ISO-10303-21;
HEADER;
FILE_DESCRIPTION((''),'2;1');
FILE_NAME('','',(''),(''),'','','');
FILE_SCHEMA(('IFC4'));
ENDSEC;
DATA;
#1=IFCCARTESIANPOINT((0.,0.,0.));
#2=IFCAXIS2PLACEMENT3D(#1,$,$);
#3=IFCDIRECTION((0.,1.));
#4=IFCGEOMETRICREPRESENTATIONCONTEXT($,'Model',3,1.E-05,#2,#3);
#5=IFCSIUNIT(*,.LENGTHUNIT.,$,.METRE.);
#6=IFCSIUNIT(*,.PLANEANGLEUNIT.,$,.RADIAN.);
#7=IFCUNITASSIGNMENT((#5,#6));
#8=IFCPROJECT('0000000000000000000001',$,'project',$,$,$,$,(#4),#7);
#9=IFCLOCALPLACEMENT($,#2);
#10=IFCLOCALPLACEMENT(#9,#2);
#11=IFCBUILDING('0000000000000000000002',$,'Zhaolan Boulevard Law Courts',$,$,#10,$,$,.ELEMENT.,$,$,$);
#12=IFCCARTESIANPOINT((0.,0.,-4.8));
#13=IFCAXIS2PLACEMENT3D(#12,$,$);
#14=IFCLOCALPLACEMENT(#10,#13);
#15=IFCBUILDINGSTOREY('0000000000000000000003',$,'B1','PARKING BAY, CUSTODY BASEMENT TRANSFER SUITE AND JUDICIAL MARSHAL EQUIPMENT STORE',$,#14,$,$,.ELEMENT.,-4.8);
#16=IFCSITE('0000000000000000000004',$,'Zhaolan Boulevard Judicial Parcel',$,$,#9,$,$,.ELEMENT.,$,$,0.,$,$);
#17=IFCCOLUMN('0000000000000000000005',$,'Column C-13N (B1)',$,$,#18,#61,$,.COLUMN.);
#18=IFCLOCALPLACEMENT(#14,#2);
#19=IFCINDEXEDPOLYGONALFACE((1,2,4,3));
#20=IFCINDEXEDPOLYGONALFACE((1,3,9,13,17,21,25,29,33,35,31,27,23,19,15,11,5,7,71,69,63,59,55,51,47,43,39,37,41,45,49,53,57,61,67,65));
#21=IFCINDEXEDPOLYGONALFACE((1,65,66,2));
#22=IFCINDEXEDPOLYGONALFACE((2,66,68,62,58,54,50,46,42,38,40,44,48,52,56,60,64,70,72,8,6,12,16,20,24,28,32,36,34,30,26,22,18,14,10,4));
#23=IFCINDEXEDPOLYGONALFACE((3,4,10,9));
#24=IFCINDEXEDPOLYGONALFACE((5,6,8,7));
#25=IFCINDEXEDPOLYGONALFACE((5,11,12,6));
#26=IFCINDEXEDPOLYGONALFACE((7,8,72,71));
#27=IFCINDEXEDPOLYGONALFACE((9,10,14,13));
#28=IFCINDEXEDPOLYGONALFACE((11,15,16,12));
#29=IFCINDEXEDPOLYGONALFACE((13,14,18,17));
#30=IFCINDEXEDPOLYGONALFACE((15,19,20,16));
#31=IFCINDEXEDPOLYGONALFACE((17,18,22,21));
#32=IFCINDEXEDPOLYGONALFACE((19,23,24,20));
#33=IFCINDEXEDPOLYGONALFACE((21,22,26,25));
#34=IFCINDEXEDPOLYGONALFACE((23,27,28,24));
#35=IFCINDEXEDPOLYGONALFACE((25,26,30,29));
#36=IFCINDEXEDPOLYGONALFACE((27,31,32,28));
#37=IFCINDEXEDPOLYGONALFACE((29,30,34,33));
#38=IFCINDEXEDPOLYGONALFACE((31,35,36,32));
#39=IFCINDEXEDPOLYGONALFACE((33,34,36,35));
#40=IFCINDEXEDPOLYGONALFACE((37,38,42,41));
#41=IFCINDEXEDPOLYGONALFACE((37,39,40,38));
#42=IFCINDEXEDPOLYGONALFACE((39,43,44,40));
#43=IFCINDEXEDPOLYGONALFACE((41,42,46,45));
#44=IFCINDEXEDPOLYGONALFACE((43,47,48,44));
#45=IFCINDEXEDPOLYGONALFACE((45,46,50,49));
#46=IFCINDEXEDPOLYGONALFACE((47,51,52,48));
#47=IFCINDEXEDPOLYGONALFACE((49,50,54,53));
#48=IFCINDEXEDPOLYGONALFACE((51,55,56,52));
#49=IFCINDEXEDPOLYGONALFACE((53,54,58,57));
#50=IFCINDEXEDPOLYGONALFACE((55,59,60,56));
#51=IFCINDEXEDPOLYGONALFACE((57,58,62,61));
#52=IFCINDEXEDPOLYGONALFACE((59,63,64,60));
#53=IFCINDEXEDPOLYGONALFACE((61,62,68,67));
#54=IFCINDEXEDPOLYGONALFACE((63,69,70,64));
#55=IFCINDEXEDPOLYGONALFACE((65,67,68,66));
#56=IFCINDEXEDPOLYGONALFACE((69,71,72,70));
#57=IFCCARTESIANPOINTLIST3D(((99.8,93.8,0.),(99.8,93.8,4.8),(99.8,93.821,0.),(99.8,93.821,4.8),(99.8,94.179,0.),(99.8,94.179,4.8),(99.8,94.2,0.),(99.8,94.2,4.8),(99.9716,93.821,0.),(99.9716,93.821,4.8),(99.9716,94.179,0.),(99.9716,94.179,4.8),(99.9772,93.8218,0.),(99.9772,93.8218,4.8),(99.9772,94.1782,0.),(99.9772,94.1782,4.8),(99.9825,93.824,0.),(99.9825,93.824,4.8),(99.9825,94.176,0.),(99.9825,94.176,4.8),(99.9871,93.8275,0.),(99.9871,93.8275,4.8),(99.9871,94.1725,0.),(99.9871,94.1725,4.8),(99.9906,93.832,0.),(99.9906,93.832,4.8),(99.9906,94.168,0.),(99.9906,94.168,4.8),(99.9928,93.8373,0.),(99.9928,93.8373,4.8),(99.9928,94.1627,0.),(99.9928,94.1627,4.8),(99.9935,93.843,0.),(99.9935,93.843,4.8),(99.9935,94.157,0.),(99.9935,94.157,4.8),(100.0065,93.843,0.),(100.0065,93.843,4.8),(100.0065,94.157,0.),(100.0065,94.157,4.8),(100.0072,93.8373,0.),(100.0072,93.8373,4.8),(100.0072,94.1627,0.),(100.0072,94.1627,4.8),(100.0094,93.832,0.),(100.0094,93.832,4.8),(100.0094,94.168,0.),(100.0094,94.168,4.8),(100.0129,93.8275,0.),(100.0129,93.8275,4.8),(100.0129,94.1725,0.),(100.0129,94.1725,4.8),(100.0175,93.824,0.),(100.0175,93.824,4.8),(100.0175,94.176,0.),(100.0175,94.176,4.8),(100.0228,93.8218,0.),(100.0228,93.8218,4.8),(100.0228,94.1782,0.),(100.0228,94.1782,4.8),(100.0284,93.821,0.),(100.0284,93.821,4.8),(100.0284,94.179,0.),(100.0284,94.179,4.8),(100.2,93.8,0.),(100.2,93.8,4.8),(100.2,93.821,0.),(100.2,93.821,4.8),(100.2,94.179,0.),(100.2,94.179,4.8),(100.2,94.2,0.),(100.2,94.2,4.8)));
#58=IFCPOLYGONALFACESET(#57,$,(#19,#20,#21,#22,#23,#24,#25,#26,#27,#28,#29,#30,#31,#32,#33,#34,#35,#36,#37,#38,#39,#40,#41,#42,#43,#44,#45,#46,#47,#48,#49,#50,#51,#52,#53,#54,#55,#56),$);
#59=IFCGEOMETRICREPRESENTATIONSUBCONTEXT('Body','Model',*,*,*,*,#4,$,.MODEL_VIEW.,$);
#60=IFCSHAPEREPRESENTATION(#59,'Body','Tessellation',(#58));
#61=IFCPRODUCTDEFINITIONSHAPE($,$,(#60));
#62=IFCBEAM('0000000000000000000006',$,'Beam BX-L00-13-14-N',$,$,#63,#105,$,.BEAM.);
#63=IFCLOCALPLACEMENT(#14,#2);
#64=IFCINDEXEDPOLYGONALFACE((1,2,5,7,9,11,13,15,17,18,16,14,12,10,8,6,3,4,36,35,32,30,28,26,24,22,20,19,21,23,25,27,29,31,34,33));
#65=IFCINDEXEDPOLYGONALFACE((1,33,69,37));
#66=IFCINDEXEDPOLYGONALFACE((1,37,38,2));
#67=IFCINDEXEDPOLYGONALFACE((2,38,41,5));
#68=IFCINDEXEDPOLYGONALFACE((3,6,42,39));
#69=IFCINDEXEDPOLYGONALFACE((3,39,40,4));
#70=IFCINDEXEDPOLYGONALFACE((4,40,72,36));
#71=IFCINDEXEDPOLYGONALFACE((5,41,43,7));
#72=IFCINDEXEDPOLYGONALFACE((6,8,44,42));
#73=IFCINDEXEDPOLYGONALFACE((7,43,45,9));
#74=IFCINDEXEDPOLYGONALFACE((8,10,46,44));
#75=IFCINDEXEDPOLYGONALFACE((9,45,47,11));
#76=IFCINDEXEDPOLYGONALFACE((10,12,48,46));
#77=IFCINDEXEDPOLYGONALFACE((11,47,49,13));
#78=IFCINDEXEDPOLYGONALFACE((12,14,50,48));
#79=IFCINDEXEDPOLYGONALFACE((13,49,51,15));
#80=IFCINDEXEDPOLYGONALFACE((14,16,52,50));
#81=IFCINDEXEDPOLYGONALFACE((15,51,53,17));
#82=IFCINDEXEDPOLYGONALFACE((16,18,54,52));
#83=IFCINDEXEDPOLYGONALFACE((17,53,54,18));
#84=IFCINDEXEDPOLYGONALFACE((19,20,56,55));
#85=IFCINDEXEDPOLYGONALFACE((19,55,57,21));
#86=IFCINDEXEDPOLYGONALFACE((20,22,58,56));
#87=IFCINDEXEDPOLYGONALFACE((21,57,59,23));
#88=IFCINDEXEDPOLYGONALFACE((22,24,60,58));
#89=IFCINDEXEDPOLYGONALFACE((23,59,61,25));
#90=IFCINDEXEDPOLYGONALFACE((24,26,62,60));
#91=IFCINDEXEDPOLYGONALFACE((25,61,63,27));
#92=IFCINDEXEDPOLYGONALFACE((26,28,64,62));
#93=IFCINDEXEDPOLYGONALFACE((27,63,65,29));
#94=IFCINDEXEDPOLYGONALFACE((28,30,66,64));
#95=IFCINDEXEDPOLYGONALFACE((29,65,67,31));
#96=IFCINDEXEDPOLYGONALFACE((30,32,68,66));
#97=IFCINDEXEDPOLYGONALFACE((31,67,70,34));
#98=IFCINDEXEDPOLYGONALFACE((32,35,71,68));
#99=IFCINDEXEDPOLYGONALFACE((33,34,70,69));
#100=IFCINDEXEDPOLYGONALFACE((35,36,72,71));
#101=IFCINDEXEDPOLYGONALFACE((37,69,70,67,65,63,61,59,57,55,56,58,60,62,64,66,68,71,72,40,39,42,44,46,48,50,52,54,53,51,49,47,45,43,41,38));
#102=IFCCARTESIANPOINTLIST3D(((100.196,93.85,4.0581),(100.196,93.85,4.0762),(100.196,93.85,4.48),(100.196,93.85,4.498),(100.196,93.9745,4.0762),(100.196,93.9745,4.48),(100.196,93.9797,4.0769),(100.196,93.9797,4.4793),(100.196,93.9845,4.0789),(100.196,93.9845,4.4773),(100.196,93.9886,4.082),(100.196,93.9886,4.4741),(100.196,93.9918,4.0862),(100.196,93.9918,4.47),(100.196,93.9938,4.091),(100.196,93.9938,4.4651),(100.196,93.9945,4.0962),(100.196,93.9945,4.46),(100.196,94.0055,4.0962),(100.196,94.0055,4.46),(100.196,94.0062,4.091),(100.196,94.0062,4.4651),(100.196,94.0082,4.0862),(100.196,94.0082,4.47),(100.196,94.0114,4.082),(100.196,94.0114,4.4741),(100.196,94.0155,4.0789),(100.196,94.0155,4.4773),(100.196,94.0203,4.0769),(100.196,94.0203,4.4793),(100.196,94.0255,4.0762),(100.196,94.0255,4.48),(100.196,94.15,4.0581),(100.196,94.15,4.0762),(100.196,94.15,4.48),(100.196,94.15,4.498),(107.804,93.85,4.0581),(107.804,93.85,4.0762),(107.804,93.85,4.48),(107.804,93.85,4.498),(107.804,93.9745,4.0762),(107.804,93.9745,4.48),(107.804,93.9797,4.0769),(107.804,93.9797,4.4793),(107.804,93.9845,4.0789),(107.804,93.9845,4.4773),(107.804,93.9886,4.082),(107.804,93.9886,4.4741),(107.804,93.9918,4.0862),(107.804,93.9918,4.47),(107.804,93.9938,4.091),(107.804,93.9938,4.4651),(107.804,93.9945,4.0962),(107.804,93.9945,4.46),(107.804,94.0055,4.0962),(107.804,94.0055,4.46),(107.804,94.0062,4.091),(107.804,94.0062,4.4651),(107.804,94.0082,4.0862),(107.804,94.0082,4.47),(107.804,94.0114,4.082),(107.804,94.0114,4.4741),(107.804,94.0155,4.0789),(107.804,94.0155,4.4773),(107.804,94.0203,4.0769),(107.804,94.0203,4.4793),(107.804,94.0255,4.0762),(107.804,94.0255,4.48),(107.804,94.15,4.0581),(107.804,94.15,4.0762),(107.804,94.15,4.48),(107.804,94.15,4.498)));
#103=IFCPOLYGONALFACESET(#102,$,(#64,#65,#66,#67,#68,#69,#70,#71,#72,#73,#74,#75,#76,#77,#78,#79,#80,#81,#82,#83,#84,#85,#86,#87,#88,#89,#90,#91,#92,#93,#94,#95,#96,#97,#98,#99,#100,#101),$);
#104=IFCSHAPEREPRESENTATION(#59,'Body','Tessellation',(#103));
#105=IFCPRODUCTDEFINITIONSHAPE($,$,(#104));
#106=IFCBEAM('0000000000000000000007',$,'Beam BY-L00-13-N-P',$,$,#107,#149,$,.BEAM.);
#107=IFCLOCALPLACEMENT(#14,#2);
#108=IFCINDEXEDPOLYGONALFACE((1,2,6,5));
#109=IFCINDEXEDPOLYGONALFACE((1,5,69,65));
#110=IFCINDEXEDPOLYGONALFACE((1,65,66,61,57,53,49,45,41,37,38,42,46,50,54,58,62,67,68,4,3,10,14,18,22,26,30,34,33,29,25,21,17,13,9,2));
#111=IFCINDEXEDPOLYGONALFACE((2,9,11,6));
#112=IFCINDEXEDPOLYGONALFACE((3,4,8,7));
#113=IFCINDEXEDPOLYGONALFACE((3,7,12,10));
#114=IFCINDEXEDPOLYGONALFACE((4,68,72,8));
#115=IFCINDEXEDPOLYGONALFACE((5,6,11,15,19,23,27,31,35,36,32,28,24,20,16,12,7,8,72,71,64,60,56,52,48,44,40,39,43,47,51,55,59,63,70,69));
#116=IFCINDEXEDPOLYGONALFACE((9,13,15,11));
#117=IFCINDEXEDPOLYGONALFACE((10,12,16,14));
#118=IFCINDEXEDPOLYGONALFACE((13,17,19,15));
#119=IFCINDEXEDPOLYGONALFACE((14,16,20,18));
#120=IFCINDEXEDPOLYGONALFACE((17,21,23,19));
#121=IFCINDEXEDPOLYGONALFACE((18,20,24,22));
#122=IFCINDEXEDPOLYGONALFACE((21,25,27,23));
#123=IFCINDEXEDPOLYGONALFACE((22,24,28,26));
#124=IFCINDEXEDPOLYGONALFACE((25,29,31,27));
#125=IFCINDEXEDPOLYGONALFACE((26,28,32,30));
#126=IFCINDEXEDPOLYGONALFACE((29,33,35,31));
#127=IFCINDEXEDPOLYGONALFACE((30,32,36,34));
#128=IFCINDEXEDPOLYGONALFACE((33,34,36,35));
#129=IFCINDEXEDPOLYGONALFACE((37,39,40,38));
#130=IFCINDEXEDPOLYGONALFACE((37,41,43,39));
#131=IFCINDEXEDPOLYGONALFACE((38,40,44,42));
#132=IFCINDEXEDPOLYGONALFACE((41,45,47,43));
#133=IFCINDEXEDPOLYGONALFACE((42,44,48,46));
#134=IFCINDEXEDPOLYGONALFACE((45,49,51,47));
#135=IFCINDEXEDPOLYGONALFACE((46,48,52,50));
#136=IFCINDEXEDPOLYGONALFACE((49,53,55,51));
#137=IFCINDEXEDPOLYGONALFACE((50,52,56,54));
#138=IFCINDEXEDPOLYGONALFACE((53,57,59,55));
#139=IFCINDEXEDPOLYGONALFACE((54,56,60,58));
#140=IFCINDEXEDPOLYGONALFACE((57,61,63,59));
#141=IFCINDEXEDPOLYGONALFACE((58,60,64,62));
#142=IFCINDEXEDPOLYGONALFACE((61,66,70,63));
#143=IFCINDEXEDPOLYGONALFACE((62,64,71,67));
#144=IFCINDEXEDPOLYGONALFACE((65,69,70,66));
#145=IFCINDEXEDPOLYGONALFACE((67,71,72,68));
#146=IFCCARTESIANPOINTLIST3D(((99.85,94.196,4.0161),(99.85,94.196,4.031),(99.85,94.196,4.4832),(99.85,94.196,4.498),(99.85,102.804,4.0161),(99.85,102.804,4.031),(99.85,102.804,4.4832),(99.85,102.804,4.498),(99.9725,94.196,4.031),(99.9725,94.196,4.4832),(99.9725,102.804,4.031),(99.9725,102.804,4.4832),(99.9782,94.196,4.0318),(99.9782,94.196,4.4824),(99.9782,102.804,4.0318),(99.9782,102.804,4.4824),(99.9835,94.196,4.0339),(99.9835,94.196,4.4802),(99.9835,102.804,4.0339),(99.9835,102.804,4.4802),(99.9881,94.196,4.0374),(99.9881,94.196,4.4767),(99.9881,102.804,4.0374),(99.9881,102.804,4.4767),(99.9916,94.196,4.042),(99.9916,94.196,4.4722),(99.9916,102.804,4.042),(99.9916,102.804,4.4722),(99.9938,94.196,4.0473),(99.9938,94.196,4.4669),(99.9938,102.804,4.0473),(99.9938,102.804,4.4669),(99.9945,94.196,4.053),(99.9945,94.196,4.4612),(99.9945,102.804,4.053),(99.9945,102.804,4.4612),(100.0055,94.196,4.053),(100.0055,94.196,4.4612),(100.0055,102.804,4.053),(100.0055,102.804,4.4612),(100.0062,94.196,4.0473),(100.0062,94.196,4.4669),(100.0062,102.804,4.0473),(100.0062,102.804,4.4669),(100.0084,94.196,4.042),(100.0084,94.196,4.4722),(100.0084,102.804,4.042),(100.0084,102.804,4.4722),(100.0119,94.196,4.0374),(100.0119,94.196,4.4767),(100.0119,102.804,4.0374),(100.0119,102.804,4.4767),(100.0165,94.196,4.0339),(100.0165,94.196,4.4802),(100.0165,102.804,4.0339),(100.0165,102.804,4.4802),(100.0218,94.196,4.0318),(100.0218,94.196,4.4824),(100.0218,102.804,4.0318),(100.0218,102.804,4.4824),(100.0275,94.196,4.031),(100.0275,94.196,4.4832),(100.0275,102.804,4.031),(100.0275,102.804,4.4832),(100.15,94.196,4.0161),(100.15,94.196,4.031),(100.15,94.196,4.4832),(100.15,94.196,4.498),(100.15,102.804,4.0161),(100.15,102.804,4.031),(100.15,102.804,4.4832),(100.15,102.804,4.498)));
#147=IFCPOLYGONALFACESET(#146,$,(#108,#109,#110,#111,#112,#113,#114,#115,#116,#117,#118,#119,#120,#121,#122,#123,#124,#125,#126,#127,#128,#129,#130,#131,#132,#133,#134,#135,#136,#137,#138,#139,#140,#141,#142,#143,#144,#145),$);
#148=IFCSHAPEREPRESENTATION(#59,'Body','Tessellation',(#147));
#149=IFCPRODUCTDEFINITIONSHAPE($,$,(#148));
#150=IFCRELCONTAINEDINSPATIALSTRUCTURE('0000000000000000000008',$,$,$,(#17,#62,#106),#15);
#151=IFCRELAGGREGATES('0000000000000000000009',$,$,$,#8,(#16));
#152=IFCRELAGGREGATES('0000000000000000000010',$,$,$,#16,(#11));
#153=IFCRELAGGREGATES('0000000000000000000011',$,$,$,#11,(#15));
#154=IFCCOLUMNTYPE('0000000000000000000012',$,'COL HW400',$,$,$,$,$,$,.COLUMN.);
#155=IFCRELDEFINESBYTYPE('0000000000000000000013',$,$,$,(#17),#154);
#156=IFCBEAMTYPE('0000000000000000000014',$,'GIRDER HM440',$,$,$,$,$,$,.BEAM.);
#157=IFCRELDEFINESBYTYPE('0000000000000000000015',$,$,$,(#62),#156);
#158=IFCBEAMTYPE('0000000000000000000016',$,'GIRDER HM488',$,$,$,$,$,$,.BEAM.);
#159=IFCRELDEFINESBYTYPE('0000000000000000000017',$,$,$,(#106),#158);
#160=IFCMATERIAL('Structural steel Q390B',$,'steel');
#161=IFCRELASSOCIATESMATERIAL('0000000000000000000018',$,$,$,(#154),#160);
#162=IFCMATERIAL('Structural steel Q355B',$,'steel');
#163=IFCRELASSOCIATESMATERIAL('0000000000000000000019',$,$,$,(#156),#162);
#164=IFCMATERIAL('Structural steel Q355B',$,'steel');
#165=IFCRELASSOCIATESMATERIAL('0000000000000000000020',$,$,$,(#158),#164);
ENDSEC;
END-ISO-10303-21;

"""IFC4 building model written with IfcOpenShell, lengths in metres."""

from ifc_helpers import new_model, si_unit, direction, frame, origin, origin_2d, place, context, subcontext, project, spatial, i_section, extrude, material, material_profile, profile_set, type_object, element, save


model = new_model("IFC4")

# Units and contexts
model_context = context("Model", 3, precision=1e-05, world=origin(), true_north=direction((0.0, 1.0)))
body_context = subcontext(model_context, "Body", "Model", "MODEL_VIEW")
ifc_project = project(units=[si_unit("LENGTHUNIT", "METRE"), si_unit("PLANEANGLEUNIT", "RADIAN")], contexts=[model_context])

# Site, building, storey
site_placement = place(None, origin())
site = spatial("IfcSite", under=ifc_project, at=site_placement, Name="Zhaolan Boulevard Judicial Parcel", CompositionType="ELEMENT", RefElevation=0.0)
building_placement = place(site_placement, origin())
building = spatial("IfcBuilding", under=site, at=building_placement, Name="Zhaolan Boulevard Law Courts", CompositionType="ELEMENT")
storey_placement = place(building_placement, frame((0.0, 0.0, -4.8)))
storey = spatial("IfcBuildingStorey", under=building, at=storey_placement, Name="B1", Description="PARKING BAY, CUSTODY BASEMENT TRANSFER SUITE AND JUDICIAL MARSHAL EQUIPMENT STORE", CompositionType="ELEMENT", Elevation=-4.8)

# Column
ifc_material_1 = material(Name="Structural steel Q390B", Category="steel")
ifc_material_profile_1 = material_profile(ifc_material_1, i_section(OverallWidth=0.3999, OverallDepth=0.3999, WebThickness=0.0129, FlangeThickness=0.021, FilletRadius=0.022, at=origin_2d()), Name="HW400x400")
ifc_profile_set_1 = profile_set([ifc_material_profile_1], Name="Structural steel Q390B")
column_type = type_object("IfcColumnType", Name="COL HW400", PredefinedType="COLUMN", material=ifc_profile_set_1)
column_placement = place(storey_placement, frame((100.0, 94.0, 0.0), z_axis=(0.0, 0.0, 1.0), x_axis=(1.0, 0.0, 0.0)))
element("IfcColumn", 1, at=column_placement, inside=storey, type_object=column_type, Name="Column C-13N (B1)", PredefinedType="COLUMN", context=body_context, shape_type="SweptSolid", body=[
    extrude(i_section(OverallWidth=0.3999, OverallDepth=0.3999, WebThickness=0.0129, FlangeThickness=0.021, FilletRadius=0.022, at=origin_2d()), origin(), (0.0, 0.0, 1.0), 4.8),
])

# Beams
ifc_material_2 = material(Name="Structural steel Q355B", Category="steel")
ifc_material_profile_2 = material_profile(ifc_material_2, i_section(OverallWidth=0.3, OverallDepth=0.4399, WebThickness=0.011, FlangeThickness=0.0181, FilletRadius=0.02, at=origin_2d()), Name="HM440x300")
ifc_profile_set_2 = profile_set([ifc_material_profile_2], Name="Structural steel Q355B")
beam_type_1 = type_object("IfcBeamType", Name="GIRDER HM440", PredefinedType="BEAM", material=ifc_profile_set_2)
beam_1_placement = place(storey_placement, frame((100.196, 94.0, 4.2781), z_axis=(1.0, 0.0, 0.0), x_axis=(0.0, 1.0, 0.0)))
element("IfcBeam", 2, at=beam_1_placement, inside=storey, type_object=beam_type_1, Name="Beam BX-L00-13-14-N", PredefinedType="BEAM", context=body_context, shape_type="SweptSolid", body=[
    extrude(i_section(OverallWidth=0.3, OverallDepth=0.4399, WebThickness=0.011, FlangeThickness=0.0181, FilletRadius=0.02, at=origin_2d()), origin(), (0.0, 0.0, 1.0), 7.6079),
])
ifc_material_3 = material(Name="Structural steel Q355B", Category="steel")
ifc_material_profile_3 = material_profile(ifc_material_3, i_section(OverallWidth=0.3, OverallDepth=0.4819, WebThickness=0.011, FlangeThickness=0.0149, FilletRadius=0.022, at=origin_2d()), Name="HM482x300")
ifc_profile_set_3 = profile_set([ifc_material_profile_3], Name="Structural steel Q355B")
beam_type_2 = type_object("IfcBeamType", Name="GIRDER HM488", PredefinedType="BEAM", material=ifc_profile_set_3)
beam_2_placement = place(storey_placement, frame((100.0, 94.196, 4.2571), z_axis=(0.0, 1.0, 0.0), x_axis=(-1.0, 0.0, 0.0)))
element("IfcBeam", 3, at=beam_2_placement, inside=storey, type_object=beam_type_2, Name="Beam BY-L00-13-N-P", PredefinedType="BEAM", context=body_context, shape_type="SweptSolid", body=[
    extrude(i_section(OverallWidth=0.3, OverallDepth=0.4819, WebThickness=0.011, FlangeThickness=0.0149, FilletRadius=0.022, at=origin_2d()), origin(), (0.0, 0.0, 1.0), 8.6079),
])

save(model, "model.ifc")
